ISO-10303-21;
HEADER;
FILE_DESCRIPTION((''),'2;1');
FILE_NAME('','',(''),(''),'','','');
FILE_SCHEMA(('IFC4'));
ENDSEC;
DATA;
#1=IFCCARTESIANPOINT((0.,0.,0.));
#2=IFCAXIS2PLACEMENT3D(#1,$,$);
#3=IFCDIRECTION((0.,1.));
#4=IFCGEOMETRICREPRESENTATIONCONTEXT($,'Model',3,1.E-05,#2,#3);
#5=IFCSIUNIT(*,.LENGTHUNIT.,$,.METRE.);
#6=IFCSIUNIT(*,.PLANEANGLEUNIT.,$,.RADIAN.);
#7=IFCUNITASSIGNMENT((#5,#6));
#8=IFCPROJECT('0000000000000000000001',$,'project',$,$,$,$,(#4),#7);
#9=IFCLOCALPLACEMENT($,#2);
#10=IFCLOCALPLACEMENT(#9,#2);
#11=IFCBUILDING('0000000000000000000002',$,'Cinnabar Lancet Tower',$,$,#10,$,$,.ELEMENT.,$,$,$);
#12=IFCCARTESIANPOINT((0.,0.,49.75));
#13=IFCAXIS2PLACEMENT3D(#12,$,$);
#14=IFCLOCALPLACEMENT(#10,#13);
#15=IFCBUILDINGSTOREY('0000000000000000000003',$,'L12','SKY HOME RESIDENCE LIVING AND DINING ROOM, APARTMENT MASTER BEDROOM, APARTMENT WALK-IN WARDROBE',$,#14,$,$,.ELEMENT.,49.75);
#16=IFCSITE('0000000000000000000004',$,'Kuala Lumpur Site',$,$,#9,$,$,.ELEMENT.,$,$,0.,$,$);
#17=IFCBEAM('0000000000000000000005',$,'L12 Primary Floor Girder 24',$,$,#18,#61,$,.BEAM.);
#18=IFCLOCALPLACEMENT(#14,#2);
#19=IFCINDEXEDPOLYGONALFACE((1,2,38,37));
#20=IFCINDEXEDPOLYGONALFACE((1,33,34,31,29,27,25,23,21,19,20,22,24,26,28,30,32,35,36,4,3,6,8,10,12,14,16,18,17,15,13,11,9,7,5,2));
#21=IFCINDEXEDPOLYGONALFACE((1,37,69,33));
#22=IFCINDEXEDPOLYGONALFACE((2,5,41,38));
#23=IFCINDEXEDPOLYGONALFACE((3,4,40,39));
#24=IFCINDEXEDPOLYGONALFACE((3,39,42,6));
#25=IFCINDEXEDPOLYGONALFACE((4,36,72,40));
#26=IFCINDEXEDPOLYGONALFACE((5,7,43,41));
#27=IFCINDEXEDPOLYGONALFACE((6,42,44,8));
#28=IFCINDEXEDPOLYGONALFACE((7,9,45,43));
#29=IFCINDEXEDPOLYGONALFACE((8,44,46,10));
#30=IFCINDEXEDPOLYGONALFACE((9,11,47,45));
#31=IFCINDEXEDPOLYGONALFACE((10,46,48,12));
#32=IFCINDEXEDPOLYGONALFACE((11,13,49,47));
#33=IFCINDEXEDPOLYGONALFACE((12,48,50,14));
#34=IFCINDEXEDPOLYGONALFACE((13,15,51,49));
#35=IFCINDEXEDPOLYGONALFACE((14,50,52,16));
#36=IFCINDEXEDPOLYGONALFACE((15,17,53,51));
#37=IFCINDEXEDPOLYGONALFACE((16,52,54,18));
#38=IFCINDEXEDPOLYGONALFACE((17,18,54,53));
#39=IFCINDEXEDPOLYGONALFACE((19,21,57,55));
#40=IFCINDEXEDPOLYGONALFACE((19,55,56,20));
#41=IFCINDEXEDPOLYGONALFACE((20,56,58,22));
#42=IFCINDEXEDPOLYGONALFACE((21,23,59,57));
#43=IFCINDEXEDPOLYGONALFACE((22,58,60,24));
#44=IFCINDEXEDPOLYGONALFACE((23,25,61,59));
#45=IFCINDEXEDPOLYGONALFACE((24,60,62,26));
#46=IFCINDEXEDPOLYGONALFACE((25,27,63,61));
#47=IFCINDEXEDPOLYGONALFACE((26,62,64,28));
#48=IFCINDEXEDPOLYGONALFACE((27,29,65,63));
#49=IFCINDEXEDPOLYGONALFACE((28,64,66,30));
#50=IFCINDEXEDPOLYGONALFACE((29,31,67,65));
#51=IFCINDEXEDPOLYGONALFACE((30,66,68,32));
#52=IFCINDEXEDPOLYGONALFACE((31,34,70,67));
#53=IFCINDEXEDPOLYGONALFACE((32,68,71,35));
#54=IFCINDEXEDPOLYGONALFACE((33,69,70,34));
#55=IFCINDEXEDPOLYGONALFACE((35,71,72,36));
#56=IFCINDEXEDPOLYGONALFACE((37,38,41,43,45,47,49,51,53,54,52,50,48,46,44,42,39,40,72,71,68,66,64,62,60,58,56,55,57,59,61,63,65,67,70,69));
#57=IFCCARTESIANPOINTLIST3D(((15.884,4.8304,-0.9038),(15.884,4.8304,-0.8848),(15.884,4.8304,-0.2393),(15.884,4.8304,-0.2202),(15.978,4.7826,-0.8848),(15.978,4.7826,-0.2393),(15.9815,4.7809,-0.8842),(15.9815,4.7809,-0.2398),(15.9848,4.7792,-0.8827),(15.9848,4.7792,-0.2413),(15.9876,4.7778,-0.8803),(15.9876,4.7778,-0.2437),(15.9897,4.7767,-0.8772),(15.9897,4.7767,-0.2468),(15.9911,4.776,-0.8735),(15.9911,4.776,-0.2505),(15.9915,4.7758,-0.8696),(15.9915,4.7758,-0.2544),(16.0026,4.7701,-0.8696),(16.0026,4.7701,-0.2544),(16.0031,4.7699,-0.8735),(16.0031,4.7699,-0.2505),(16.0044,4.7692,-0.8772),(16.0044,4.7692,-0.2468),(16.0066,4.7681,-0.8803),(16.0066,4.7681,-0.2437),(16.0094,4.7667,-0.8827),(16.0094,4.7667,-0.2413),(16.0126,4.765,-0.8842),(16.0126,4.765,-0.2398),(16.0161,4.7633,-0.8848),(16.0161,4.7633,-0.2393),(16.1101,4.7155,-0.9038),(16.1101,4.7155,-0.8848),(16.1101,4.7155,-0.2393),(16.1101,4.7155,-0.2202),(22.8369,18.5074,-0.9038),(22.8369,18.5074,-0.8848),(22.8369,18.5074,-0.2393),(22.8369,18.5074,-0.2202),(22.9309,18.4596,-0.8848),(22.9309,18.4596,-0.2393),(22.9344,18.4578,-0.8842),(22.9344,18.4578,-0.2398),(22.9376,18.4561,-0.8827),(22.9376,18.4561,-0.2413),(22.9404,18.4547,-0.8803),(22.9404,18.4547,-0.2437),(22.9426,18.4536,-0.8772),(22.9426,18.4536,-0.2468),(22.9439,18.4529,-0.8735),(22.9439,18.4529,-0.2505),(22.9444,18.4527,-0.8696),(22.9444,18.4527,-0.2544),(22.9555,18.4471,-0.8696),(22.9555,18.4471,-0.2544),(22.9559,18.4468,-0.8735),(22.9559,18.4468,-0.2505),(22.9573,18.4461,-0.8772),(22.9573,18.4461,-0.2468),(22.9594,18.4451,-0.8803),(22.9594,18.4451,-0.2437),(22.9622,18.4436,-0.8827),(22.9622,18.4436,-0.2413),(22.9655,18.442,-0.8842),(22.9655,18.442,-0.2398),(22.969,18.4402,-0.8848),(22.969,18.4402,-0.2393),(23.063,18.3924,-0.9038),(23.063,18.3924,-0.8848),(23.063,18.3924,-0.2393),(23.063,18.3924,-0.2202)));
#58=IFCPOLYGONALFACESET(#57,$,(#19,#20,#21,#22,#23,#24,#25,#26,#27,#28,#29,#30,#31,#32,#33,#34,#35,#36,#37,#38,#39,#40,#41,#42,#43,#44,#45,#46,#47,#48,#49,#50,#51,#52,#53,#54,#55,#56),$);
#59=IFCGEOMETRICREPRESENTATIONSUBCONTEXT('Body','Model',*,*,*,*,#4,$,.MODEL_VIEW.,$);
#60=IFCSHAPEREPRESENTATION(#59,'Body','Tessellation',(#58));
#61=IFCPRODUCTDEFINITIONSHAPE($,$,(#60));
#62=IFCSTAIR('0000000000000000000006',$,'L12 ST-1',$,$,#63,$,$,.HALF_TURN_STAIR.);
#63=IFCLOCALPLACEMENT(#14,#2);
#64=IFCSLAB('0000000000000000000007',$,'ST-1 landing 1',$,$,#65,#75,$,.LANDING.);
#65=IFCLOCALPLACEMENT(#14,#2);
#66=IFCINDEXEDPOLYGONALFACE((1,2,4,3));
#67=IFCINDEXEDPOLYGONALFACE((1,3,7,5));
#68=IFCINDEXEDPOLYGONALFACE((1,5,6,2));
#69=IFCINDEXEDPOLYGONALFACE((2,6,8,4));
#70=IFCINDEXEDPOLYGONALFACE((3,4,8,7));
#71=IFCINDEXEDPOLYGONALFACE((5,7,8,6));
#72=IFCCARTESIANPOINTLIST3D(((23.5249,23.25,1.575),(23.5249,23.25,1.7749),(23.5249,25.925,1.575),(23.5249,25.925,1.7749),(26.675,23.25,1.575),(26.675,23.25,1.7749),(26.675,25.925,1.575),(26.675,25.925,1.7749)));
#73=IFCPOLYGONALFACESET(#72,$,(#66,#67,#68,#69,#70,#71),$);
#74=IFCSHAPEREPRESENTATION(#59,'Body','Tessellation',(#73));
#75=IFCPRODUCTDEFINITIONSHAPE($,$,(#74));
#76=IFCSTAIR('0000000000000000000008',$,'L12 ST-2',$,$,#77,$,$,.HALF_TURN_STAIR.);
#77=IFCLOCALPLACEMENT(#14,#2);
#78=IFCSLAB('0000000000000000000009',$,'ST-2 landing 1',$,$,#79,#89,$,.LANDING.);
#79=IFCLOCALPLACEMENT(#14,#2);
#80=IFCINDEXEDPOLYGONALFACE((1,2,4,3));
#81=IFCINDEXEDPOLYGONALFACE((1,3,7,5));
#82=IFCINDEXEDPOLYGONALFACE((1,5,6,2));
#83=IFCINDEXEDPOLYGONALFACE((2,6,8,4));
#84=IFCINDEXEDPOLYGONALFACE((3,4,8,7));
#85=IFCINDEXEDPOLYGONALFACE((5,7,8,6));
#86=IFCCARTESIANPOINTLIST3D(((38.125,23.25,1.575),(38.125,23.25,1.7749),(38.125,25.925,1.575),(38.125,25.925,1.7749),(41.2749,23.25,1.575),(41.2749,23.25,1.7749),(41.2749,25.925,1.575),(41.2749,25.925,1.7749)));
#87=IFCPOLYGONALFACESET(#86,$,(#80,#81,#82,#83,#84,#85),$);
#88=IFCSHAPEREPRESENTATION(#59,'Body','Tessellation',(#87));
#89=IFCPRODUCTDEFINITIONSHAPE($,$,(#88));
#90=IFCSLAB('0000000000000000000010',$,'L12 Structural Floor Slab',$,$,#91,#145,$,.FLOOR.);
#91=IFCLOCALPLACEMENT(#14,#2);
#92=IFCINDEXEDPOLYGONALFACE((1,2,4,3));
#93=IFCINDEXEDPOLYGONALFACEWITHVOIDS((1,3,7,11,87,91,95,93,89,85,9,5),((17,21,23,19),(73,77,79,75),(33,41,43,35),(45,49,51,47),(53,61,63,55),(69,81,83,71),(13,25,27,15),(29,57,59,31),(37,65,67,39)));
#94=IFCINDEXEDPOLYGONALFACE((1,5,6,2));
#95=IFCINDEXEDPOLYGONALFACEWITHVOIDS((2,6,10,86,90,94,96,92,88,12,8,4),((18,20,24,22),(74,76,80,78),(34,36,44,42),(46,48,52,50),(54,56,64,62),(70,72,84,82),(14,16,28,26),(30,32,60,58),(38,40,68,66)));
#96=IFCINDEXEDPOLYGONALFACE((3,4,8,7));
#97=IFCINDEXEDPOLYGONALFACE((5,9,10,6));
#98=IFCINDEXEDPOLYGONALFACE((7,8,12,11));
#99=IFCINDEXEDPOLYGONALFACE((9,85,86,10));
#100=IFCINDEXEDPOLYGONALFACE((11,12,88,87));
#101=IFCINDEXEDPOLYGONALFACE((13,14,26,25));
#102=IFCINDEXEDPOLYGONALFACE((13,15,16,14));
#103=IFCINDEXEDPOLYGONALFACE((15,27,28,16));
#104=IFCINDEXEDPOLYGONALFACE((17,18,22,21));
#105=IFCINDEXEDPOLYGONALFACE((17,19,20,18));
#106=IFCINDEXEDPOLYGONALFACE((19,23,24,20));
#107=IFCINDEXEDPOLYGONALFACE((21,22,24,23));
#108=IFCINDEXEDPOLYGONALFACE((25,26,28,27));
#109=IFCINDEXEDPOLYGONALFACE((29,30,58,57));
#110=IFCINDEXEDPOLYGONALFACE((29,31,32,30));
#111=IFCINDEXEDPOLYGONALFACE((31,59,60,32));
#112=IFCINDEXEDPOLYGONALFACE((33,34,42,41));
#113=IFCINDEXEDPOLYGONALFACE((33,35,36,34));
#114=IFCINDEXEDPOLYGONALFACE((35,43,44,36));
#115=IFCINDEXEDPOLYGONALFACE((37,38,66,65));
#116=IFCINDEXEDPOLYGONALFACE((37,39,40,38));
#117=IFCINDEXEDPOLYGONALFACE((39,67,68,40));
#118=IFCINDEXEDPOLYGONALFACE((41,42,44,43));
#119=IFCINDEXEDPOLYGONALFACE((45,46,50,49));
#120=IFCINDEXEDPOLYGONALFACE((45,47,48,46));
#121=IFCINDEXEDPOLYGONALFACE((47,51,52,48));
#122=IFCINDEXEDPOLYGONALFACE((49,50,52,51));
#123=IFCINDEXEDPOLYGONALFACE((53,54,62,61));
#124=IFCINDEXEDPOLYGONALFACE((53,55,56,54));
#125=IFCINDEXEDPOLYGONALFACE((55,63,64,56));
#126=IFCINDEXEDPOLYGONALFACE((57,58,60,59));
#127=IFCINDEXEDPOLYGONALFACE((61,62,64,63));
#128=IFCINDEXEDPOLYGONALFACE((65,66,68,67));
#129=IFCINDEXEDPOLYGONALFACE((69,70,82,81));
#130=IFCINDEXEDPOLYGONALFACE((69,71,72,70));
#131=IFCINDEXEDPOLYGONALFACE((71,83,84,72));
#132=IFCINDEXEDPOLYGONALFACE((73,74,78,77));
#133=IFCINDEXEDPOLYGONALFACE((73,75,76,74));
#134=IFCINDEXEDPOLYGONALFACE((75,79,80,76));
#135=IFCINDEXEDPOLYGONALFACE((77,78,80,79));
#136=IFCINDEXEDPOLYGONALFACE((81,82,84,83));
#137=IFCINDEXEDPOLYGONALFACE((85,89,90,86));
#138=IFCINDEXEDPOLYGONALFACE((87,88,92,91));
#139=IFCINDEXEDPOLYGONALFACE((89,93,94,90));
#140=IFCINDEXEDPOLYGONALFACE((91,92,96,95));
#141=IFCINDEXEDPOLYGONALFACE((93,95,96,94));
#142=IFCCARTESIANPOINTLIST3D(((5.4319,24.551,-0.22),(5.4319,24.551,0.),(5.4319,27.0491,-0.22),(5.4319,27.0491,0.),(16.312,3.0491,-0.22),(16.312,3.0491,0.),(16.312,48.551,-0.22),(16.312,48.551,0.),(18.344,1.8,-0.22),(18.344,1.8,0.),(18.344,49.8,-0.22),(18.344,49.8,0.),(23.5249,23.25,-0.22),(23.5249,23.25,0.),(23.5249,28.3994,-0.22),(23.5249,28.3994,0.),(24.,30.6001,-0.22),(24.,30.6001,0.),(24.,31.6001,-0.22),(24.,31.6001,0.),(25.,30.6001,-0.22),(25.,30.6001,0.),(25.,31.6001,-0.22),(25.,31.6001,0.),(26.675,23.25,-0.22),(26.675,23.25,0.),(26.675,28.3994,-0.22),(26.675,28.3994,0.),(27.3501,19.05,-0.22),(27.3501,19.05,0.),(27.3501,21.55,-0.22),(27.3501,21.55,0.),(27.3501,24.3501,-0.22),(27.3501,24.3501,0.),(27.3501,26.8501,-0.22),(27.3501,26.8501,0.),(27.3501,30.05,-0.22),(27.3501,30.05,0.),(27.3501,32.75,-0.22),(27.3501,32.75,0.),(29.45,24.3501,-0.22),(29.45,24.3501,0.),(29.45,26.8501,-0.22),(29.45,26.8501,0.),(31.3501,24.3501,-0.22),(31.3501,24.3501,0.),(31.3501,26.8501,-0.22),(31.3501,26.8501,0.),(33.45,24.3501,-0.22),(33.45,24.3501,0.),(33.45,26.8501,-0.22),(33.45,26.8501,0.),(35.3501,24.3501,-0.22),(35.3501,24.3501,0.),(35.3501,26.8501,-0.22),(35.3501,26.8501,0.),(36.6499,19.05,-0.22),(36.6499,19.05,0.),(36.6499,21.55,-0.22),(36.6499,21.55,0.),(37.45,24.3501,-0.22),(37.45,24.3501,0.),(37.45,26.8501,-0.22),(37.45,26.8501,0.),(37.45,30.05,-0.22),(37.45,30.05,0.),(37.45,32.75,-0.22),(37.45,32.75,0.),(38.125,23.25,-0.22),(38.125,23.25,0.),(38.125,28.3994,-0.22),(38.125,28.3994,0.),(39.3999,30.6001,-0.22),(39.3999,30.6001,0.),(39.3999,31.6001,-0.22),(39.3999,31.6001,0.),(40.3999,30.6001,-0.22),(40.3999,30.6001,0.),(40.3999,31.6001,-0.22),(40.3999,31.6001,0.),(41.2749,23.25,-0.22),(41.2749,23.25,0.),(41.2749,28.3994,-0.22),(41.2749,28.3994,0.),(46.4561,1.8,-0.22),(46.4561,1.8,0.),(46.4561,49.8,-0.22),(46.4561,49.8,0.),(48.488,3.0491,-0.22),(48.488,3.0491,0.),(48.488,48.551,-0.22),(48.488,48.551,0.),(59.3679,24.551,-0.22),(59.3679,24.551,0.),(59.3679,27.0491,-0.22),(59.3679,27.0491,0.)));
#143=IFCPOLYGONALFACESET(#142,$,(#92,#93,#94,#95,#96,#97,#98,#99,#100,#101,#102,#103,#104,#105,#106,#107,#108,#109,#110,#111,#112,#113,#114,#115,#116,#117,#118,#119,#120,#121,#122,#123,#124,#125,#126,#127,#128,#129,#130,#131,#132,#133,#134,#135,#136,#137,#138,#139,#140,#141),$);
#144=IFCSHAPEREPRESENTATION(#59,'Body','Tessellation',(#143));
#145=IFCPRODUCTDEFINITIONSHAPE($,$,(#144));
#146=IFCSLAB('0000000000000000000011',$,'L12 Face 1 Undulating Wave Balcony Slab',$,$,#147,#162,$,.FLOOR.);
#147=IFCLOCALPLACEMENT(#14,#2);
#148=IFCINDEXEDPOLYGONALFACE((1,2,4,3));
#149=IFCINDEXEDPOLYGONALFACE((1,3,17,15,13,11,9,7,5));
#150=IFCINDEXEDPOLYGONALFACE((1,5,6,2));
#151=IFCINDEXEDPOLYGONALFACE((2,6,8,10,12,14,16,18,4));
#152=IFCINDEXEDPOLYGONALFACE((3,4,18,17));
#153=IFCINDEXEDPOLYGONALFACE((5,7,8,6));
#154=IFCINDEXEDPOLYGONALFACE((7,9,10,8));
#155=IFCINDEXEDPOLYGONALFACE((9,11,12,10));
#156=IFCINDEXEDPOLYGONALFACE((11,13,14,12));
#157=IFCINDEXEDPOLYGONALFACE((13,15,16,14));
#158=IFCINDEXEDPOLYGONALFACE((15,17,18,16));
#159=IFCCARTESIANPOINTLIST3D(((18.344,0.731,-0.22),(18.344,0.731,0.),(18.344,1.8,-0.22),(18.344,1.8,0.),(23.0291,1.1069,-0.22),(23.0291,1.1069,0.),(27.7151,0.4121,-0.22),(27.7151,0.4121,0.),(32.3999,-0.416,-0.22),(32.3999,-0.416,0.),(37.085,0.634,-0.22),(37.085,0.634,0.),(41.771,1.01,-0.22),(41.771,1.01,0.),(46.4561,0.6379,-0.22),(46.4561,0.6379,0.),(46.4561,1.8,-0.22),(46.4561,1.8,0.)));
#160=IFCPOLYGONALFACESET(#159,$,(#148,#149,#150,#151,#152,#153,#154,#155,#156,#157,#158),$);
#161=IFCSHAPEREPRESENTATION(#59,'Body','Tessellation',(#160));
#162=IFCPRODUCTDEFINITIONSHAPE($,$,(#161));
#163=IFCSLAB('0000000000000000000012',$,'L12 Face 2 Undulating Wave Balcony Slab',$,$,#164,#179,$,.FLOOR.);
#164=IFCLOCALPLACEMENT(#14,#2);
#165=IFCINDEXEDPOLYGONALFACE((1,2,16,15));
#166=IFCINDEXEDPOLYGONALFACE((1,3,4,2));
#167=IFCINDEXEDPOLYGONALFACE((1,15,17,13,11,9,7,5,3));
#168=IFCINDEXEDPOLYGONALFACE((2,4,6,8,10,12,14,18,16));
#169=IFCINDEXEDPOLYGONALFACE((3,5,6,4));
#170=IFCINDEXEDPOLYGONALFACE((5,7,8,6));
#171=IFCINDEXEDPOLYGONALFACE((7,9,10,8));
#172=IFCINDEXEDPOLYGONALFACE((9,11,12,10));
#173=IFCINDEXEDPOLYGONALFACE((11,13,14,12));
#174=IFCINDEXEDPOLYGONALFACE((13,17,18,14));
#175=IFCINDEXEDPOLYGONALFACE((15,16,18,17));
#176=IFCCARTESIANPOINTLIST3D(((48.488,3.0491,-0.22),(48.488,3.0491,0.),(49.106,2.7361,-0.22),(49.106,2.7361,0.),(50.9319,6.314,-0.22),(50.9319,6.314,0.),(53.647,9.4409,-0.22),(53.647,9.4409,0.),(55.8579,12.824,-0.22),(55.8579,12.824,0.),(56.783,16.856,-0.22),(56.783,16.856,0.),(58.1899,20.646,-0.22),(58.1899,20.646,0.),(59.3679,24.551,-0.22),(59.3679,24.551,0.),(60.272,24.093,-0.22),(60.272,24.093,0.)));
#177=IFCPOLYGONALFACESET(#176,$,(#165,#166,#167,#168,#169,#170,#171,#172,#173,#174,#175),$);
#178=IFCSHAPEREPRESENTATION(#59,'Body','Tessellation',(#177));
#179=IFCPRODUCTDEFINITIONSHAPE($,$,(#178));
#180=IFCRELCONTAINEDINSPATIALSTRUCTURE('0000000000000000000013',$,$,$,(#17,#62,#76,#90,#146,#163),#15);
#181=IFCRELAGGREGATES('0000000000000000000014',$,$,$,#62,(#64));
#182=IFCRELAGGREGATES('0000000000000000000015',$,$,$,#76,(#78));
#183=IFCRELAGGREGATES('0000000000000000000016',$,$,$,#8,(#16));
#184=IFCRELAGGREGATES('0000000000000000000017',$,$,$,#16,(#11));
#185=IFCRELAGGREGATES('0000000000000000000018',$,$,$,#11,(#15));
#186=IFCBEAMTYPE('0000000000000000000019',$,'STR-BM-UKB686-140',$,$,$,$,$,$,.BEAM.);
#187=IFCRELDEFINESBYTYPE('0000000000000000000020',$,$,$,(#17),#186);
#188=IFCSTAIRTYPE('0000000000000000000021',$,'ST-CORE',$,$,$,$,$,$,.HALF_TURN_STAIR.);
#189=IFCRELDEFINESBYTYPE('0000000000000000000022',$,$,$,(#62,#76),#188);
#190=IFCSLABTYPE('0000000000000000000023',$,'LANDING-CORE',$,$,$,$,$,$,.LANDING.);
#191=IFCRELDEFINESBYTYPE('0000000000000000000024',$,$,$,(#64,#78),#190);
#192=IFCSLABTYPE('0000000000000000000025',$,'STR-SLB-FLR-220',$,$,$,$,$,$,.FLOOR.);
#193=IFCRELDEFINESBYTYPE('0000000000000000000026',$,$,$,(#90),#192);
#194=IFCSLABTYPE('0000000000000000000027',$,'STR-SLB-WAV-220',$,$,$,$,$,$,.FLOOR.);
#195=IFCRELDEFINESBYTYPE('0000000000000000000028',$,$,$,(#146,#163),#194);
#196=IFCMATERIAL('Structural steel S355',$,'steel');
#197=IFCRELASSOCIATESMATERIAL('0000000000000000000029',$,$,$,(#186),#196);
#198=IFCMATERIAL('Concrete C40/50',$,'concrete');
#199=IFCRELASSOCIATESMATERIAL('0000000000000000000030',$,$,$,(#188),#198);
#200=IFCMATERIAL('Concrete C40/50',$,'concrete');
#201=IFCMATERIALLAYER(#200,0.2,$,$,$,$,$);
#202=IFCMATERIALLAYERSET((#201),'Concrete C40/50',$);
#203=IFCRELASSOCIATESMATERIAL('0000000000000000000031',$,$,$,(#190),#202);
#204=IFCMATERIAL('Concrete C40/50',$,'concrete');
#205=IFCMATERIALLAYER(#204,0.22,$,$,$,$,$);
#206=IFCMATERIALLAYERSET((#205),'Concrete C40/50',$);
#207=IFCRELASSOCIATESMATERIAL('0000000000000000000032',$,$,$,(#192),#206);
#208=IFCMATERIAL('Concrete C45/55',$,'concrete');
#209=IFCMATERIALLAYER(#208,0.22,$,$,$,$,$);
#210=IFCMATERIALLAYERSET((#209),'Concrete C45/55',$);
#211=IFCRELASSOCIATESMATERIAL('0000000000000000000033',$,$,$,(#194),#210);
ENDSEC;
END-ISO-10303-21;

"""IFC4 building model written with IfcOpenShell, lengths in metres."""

from ifc_helpers import new_model, si_unit, direction, frame, origin, origin_2d, place, context, subcontext, project, spatial, polyline, i_section, outline, extrude, material, layer, layer_set, material_profile, profile_set, type_object, element, aggregate, save


model = new_model("IFC4")

# Units and contexts
model_context = context("Model", 3, precision=1e-05, world=origin(), true_north=direction((0.0, 1.0)))
body_context = subcontext(model_context, "Body", "Model", "MODEL_VIEW")
ifc_project = project(units=[si_unit("LENGTHUNIT", "METRE"), si_unit("PLANEANGLEUNIT", "RADIAN")], contexts=[model_context])

# Site, building, storey
site_placement = place(None, origin())
site = spatial("IfcSite", under=ifc_project, at=site_placement, Name="Kuala Lumpur Site", CompositionType="ELEMENT", RefElevation=0.0)
building_placement = place(site_placement, origin())
building = spatial("IfcBuilding", under=site, at=building_placement, Name="Cinnabar Lancet Tower", CompositionType="ELEMENT")
storey_placement = place(building_placement, frame((0.0, 0.0, 49.75)))
storey = spatial("IfcBuildingStorey", under=building, at=storey_placement, Name="L12", Description="SKY HOME RESIDENCE LIVING AND DINING ROOM, APARTMENT MASTER BEDROOM, APARTMENT WALK-IN WARDROBE", CompositionType="ELEMENT", Elevation=49.75)

# Beam
ifc_material_1 = material(Name="Structural steel S355", Category="steel")
ifc_material_profile_1 = material_profile(ifc_material_1, i_section(OverallWidth=0.2537, OverallDepth=0.6836, WebThickness=0.0125, FlangeThickness=0.019, FilletRadius=0.0151, at=origin_2d()), Name="UKB 686x254x140")
ifc_profile_set_1 = profile_set([ifc_material_profile_1], Name="Structural steel S355")
beam_type_1 = type_object("IfcBeamType", Name="STR-BM-UKB686-140", PredefinedType="BEAM", material=ifc_profile_set_1)
beam_1_placement = place(storey_placement, frame((15.9971, 4.7729, -0.562), z_axis=(0.453168, 0.891425, 0.0), x_axis=(-0.891425, 0.453168, 0.0)))
element("IfcBeam", 1, at=beam_1_placement, inside=storey, type_object=beam_type_1, Name="L12 Primary Floor Girder 24", PredefinedType="BEAM", context=body_context, shape_type="SweptSolid", body=[
    extrude(i_section(OverallWidth=0.2537, OverallDepth=0.6836, WebThickness=0.0125, FlangeThickness=0.019, FilletRadius=0.0151, at=origin_2d()), origin(), (0.0, 0.0, 1.0), 15.3428),
])

# Stairs, slabs
ifc_material_2 = material(Name="Concrete C40/50", Category="concrete")
stair_type = type_object("IfcStairType", Name="ST-CORE", PredefinedType="HALF_TURN_STAIR", material=ifc_material_2)
stair_1_placement = place(storey_placement, origin())
stair_1 = element("IfcStair", 2, at=stair_1_placement, inside=storey, type_object=stair_type, Name="L12 ST-1", PredefinedType="HALF_TURN_STAIR")
ifc_material_3 = material(Name="Concrete C40/50", Category="concrete")
ifc_layer_1 = layer(ifc_material_3, 0.2)
ifc_layer_set_1 = layer_set([ifc_layer_1], Name="Concrete C40/50")
slab_type_1 = type_object("IfcSlabType", Name="LANDING-CORE", PredefinedType="LANDING", material=ifc_layer_set_1)
slab_1_placement = place(storey_placement, frame((0.0, 0.0, 1.575)))
slab_1 = element("IfcSlab", 3, at=slab_1_placement, type_object=slab_type_1, Name="ST-1 landing 1", PredefinedType="LANDING", context=body_context, shape_type="SweptSolid", body=[
    extrude(outline(polyline([(23.5249, 25.925), (23.5249, 23.25), (26.675, 23.25), (26.675, 25.925), (23.5249, 25.925)])), origin(), (0.0, 0.0, 1.0), 0.2),
])
aggregate(stair_1, [slab_1])
stair_2_placement = place(storey_placement, origin())
stair_2 = element("IfcStair", 4, at=stair_2_placement, inside=storey, type_object=stair_type, Name="L12 ST-2", PredefinedType="HALF_TURN_STAIR")
slab_2_placement = place(storey_placement, frame((0.0, 0.0, 1.575)))
slab_2 = element("IfcSlab", 5, at=slab_2_placement, type_object=slab_type_1, Name="ST-2 landing 1", PredefinedType="LANDING", context=body_context, shape_type="SweptSolid", body=[
    extrude(outline(polyline([(38.125, 25.925), (38.125, 23.25), (41.2749, 23.25), (41.2749, 25.925), (38.125, 25.925)])), origin(), (0.0, 0.0, 1.0), 0.2),
])
aggregate(stair_2, [slab_2])

# Slabs
ifc_material_4 = material(Name="Concrete C40/50", Category="concrete")
ifc_layer_2 = layer(ifc_material_4, 0.22)
ifc_layer_set_2 = layer_set([ifc_layer_2], Name="Concrete C40/50")
slab_type_2 = type_object("IfcSlabType", Name="STR-SLB-FLR-220", PredefinedType="FLOOR", material=ifc_layer_set_2)
slab_3_placement = place(storey_placement, frame((0.0, 0.0, -0.22)))
element("IfcSlab", 6, at=slab_3_placement, inside=storey, type_object=slab_type_2, Name="L12 Structural Floor Slab", PredefinedType="FLOOR", context=body_context, shape_type="SweptSolid", body=[
    extrude(outline(polyline([(16.312, 3.0491), (18.344, 1.8), (46.4561, 1.8), (48.488, 3.0491), (59.3679, 24.551), (59.3679, 27.0491), (48.488, 48.551), (46.4561, 49.8), (18.344, 49.8), (16.312, 48.551), (5.4319, 27.0491), (5.4319, 24.551), (16.312, 3.0491)]), holes=[polyline([(23.5249, 23.25), (26.675, 23.25), (26.675, 28.3994), (23.5249, 28.3994), (23.5249, 23.25)]), polyline([(38.125, 23.25), (41.2749, 23.25), (41.2749, 28.3994), (38.125, 28.3994), (38.125, 23.25)]), polyline([(27.3501, 30.05), (37.45, 30.05), (37.45, 32.75), (27.3501, 32.75), (27.3501, 30.05)]), polyline([(27.3501, 19.05), (36.6499, 19.05), (36.6499, 21.55), (27.3501, 21.55), (27.3501, 19.05)]), polyline([(27.3501, 24.3501), (29.45, 24.3501), (29.45, 26.8501), (27.3501, 26.8501), (27.3501, 24.3501)]), polyline([(35.3501, 24.3501), (37.45, 24.3501), (37.45, 26.8501), (35.3501, 26.8501), (35.3501, 24.3501)]), polyline([(31.3501, 24.3501), (33.45, 24.3501), (33.45, 26.8501), (31.3501, 26.8501), (31.3501, 24.3501)]), polyline([(24.0, 30.6001), (25.0, 30.6001), (25.0, 31.6001), (24.0, 31.6001), (24.0, 30.6001)]), polyline([(39.3999, 30.6001), (40.3999, 30.6001), (40.3999, 31.6001), (39.3999, 31.6001), (39.3999, 30.6001)])]), origin(), (0.0, 0.0, 1.0), 0.22),
])
ifc_material_5 = material(Name="Concrete C45/55", Category="concrete")
ifc_layer_3 = layer(ifc_material_5, 0.22)
ifc_layer_set_3 = layer_set([ifc_layer_3], Name="Concrete C45/55")
slab_type_3 = type_object("IfcSlabType", Name="STR-SLB-WAV-220", PredefinedType="FLOOR", material=ifc_layer_set_3)
slab_4_placement = place(storey_placement, frame((0.0, 0.0, -0.22)))
element("IfcSlab", 7, at=slab_4_placement, inside=storey, type_object=slab_type_3, Name="L12 Face 1 Undulating Wave Balcony Slab", PredefinedType="FLOOR", context=body_context, shape_type="SweptSolid", body=[
    extrude(outline(polyline([(18.344, 1.8), (18.344, 0.731), (23.0291, 1.1069), (27.7151, 0.4121), (32.3999, -0.416), (37.085, 0.634), (41.771, 1.01), (46.4561, 0.6379), (46.4561, 1.8), (18.344, 1.8)])), origin(), (0.0, 0.0, 1.0), 0.22),
])
slab_5_placement = place(storey_placement, frame((0.0, 0.0, -0.22)))
element("IfcSlab", 8, at=slab_5_placement, inside=storey, type_object=slab_type_3, Name="L12 Face 2 Undulating Wave Balcony Slab", PredefinedType="FLOOR", context=body_context, shape_type="SweptSolid", body=[
    extrude(outline(polyline([(48.488, 3.0491), (49.106, 2.7361), (50.9319, 6.314), (53.647, 9.4409), (55.8579, 12.824), (56.783, 16.856), (58.1899, 20.646), (60.272, 24.093), (59.3679, 24.551), (48.488, 3.0491)])), origin(), (0.0, 0.0, 1.0), 0.22),
])

save(model, "model.ifc")
